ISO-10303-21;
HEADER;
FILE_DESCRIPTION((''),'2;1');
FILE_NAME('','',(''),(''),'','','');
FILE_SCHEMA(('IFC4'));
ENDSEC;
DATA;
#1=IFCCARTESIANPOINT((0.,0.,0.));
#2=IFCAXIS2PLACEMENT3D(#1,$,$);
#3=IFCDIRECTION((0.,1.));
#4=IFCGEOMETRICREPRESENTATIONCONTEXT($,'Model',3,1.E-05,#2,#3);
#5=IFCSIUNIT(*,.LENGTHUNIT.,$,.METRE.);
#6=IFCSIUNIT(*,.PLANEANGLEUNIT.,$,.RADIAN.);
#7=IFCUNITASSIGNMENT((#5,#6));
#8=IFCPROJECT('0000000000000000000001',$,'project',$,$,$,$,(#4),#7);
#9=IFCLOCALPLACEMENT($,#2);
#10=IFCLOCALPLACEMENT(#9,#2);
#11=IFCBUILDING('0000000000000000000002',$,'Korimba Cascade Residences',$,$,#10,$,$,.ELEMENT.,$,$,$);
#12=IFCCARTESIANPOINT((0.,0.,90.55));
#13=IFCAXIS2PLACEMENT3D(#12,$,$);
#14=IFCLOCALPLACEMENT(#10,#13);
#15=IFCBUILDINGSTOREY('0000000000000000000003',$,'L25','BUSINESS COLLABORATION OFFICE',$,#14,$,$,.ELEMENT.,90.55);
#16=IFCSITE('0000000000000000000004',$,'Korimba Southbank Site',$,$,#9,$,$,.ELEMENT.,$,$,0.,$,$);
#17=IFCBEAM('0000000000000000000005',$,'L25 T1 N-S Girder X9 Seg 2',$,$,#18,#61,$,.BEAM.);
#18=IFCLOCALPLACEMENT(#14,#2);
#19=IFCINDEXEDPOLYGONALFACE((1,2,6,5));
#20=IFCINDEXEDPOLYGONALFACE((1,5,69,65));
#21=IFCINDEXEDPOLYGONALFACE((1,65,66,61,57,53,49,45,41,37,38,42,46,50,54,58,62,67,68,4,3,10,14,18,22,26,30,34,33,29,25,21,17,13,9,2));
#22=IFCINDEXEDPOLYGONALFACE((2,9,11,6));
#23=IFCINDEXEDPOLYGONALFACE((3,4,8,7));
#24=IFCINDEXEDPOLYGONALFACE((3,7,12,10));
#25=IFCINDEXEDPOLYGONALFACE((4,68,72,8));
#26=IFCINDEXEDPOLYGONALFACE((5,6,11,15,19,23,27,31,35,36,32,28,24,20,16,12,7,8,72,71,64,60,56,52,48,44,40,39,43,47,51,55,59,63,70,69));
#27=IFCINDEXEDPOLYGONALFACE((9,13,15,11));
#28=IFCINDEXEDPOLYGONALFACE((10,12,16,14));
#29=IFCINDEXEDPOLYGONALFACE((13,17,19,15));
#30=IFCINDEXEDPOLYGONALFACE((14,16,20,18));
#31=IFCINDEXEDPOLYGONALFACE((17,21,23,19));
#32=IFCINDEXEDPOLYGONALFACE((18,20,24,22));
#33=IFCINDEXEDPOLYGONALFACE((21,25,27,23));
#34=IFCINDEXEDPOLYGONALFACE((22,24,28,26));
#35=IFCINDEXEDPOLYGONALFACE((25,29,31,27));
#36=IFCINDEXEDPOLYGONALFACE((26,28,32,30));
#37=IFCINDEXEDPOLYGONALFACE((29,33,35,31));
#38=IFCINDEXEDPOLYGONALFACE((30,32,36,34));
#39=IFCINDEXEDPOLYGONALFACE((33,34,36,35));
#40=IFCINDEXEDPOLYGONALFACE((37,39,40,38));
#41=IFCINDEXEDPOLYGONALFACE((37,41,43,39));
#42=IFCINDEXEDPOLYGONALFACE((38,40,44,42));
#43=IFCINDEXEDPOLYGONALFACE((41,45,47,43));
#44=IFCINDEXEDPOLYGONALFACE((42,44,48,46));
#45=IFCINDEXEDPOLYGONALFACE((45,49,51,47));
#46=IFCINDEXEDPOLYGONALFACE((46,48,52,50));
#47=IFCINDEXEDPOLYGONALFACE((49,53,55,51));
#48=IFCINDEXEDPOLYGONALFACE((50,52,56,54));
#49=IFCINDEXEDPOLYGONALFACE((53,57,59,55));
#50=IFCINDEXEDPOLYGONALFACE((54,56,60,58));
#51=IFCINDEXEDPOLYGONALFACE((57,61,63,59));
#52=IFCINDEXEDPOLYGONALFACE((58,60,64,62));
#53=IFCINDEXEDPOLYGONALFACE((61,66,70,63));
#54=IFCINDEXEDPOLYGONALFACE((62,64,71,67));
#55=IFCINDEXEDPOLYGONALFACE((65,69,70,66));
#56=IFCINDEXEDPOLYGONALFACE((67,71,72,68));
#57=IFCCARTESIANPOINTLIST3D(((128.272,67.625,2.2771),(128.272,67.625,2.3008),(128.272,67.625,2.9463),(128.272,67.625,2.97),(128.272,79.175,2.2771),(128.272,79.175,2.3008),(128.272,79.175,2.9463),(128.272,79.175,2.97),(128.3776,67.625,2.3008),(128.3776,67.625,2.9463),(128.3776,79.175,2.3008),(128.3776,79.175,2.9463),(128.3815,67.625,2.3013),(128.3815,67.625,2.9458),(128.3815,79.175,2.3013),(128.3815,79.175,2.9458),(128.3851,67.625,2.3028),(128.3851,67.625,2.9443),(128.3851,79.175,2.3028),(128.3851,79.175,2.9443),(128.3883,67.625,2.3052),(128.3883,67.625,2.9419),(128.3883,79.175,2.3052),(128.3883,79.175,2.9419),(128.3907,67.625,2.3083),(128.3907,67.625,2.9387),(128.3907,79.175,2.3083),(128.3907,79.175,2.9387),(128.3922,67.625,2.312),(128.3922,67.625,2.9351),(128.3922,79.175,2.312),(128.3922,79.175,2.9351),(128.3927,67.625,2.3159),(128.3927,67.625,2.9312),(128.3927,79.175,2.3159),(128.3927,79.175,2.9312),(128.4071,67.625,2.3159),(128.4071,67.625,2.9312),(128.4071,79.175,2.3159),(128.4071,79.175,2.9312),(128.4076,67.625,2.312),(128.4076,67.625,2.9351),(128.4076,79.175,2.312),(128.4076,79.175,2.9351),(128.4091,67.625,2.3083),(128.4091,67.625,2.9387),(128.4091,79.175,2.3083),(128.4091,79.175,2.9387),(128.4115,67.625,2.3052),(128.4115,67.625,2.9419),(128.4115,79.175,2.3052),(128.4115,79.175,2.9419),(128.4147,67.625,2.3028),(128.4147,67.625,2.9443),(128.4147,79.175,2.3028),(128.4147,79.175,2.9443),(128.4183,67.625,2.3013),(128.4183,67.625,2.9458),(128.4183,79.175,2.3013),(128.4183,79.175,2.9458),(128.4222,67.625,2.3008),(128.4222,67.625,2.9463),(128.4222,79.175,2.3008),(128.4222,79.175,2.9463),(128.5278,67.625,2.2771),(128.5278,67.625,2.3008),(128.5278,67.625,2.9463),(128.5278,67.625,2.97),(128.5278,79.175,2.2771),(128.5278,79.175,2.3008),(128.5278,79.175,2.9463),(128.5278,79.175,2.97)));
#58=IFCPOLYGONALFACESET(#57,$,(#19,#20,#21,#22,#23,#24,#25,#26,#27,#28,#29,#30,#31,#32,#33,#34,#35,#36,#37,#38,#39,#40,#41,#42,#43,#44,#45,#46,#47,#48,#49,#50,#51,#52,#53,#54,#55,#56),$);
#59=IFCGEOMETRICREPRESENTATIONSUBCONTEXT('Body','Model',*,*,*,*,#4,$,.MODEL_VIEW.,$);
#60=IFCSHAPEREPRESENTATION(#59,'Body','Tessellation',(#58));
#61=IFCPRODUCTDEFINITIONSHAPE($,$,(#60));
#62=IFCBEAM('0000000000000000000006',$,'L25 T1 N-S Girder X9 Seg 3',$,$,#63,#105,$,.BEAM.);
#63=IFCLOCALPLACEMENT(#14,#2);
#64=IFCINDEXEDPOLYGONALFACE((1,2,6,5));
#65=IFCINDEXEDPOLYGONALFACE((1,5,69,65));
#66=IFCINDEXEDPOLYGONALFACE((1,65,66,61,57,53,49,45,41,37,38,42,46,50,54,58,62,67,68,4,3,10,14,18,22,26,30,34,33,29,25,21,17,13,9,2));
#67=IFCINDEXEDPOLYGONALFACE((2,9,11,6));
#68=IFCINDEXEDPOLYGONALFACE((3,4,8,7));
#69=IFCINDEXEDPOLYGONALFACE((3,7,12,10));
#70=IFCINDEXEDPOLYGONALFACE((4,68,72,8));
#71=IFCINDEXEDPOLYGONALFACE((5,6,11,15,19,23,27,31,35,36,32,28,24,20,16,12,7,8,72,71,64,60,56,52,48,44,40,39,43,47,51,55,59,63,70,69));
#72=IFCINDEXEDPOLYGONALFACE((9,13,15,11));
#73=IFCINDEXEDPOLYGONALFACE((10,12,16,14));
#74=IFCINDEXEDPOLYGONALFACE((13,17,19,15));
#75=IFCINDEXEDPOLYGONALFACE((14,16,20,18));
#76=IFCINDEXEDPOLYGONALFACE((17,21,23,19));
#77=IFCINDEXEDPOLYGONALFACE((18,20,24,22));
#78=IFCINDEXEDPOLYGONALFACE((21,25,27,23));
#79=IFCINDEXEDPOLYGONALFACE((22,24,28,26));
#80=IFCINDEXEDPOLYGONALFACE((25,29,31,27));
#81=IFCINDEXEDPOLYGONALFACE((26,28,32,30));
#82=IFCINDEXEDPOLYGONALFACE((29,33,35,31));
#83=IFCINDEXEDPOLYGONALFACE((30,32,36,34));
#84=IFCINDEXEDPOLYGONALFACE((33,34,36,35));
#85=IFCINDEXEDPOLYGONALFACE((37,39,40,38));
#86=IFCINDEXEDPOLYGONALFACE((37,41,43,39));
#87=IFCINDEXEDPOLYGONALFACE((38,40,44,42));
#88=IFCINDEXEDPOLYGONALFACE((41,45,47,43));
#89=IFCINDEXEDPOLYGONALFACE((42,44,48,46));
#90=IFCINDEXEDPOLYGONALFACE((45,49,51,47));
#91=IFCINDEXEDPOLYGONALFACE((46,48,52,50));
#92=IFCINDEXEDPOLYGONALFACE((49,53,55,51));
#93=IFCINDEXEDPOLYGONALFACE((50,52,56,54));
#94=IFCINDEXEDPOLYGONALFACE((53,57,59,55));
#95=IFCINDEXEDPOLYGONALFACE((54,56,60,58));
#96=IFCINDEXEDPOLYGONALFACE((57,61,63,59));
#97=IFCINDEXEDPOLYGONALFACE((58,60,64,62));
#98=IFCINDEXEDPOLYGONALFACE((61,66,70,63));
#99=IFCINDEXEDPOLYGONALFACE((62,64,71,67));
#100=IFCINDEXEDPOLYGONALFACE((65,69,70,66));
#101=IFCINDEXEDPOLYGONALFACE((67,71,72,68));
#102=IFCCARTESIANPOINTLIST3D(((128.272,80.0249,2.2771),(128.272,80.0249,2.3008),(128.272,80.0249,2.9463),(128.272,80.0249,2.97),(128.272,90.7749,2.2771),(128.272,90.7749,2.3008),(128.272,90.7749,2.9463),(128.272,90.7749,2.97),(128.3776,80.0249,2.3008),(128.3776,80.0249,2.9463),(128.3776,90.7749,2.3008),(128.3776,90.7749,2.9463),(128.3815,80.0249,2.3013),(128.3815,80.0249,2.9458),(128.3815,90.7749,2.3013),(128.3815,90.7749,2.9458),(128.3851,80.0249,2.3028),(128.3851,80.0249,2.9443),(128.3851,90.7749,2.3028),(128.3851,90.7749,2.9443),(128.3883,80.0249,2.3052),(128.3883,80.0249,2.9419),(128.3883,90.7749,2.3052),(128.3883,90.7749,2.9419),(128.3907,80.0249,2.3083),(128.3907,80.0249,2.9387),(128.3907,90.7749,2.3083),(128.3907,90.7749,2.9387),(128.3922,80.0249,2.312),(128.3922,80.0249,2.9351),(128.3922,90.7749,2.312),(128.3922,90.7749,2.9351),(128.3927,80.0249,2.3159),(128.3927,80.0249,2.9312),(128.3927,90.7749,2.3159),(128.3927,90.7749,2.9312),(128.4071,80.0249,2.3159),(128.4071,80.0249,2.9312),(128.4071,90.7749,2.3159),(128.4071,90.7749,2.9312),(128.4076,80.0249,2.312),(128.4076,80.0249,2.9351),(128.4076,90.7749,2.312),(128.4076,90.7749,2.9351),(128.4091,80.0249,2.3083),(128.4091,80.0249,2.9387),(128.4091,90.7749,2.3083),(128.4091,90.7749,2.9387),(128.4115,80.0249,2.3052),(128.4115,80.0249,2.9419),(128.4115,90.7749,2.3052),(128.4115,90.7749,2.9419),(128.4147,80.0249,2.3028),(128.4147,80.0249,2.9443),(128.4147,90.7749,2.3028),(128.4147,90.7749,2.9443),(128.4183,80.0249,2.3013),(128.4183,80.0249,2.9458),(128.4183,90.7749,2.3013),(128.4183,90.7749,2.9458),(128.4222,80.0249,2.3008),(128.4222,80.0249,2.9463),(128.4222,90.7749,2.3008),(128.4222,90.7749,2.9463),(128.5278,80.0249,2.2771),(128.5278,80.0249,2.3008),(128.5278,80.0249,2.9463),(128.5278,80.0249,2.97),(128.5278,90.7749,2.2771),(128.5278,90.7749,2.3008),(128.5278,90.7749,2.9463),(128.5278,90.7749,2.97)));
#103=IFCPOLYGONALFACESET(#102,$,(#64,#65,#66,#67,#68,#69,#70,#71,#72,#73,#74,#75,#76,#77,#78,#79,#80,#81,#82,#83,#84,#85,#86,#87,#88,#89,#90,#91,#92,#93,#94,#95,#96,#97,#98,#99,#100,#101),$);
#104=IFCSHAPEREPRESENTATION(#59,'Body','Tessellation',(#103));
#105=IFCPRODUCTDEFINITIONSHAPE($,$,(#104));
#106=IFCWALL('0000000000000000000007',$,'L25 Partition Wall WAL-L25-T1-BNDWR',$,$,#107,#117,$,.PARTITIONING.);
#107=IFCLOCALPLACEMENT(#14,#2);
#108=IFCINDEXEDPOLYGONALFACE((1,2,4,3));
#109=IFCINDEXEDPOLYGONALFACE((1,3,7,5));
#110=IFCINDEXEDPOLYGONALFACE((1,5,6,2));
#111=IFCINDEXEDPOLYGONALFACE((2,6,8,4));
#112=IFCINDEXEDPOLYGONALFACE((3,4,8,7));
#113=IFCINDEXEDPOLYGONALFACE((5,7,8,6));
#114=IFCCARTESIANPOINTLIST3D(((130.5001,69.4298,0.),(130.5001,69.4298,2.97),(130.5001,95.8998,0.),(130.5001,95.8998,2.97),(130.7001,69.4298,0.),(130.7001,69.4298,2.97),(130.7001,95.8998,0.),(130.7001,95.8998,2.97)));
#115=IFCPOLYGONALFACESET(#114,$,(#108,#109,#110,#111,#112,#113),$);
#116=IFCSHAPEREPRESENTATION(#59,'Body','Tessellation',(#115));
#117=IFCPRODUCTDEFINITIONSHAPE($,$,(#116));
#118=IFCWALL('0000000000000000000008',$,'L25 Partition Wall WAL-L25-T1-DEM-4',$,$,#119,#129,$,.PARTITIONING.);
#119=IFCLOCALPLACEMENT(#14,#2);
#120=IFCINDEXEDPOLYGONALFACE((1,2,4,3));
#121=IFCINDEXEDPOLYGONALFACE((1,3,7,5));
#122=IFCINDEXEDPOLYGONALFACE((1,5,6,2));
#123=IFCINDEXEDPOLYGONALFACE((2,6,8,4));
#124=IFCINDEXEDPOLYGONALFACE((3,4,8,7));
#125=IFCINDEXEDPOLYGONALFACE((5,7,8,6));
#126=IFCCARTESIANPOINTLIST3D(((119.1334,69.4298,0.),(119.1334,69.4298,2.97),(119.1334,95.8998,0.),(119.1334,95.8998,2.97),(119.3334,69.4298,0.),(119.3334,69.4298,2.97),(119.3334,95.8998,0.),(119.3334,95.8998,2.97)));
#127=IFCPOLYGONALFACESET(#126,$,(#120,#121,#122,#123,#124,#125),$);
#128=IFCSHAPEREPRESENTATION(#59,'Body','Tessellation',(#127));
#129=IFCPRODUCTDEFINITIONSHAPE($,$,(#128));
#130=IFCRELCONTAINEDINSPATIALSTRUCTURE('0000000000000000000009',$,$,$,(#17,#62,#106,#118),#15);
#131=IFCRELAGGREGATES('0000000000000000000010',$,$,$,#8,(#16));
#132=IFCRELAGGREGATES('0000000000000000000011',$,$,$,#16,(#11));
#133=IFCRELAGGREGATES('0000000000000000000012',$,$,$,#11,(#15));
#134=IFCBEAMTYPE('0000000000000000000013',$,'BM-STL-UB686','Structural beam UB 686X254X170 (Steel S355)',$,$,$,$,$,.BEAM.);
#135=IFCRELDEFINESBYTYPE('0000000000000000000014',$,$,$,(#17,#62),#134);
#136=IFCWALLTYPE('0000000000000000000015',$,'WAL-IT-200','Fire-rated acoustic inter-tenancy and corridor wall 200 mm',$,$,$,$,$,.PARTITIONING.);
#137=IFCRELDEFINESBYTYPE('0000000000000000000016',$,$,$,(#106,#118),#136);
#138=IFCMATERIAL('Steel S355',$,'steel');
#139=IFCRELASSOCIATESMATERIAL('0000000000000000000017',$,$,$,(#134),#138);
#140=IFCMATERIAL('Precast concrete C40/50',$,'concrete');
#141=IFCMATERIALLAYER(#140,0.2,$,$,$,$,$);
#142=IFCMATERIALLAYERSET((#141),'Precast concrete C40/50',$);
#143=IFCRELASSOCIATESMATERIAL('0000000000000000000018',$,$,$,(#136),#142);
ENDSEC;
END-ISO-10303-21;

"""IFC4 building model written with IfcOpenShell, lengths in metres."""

from ifc_helpers import new_model, si_unit, direction, frame, frame_2d, origin, origin_2d, place, context, subcontext, project, spatial, rectangle, i_section, extrude, material, layer, layer_set, material_profile, profile_set, type_object, element, save


model = new_model("IFC4")

# Units and contexts
model_context = context("Model", 3, precision=1e-05, world=origin(), true_north=direction((0.0, 1.0)))
body_context = subcontext(model_context, "Body", "Model", "MODEL_VIEW")
ifc_project = project(units=[si_unit("LENGTHUNIT", "METRE"), si_unit("PLANEANGLEUNIT", "RADIAN")], contexts=[model_context])

# Site, building, storey
site_placement = place(None, origin())
site = spatial("IfcSite", under=ifc_project, at=site_placement, Name="Korimba Southbank Site", CompositionType="ELEMENT", RefElevation=0.0)
building_placement = place(site_placement, origin())
building = spatial("IfcBuilding", under=site, at=building_placement, Name="Korimba Cascade Residences", CompositionType="ELEMENT")
storey_placement = place(building_placement, frame((0.0, 0.0, 90.55)))
storey = spatial("IfcBuildingStorey", under=building, at=storey_placement, Name="L25", Description="BUSINESS COLLABORATION OFFICE", CompositionType="ELEMENT", Elevation=90.55)

# Beams
ifc_material_1 = material(Name="Steel S355", Category="steel")
ifc_material_profile_1 = material_profile(ifc_material_1, i_section(OverallWidth=0.2559, OverallDepth=0.6929, WebThickness=0.0144, FlangeThickness=0.0237, FilletRadius=0.0151, at=origin_2d()), Name="Steel S355")
ifc_profile_set_1 = profile_set([ifc_material_profile_1], Name="Steel S355")
beam_type_1 = type_object("IfcBeamType", Name="BM-STL-UB686", Description="Structural beam UB 686X254X170 (Steel S355)", PredefinedType="BEAM", material=ifc_profile_set_1)
beam_1_placement = place(storey_placement, frame((128.3999, 67.625, 2.6235), z_axis=(0.0, 1.0, 0.0), x_axis=(-1.0, 0.0, 0.0)))
element("IfcBeam", 1, at=beam_1_placement, inside=storey, type_object=beam_type_1, Name="L25 T1 N-S Girder X9 Seg 2", PredefinedType="BEAM", context=body_context, shape_type="SweptSolid", body=[
    extrude(i_section(OverallWidth=0.2559, OverallDepth=0.6929, WebThickness=0.0144, FlangeThickness=0.0237, FilletRadius=0.0151, at=origin_2d()), origin(), (0.0, 0.0, 1.0), 11.55),
])
beam_2_placement = place(storey_placement, frame((128.3999, 80.0249, 2.6235), z_axis=(0.0, 1.0, 0.0), x_axis=(-1.0, 0.0, 0.0)))
element("IfcBeam", 2, at=beam_2_placement, inside=storey, type_object=beam_type_1, Name="L25 T1 N-S Girder X9 Seg 3", PredefinedType="BEAM", context=body_context, shape_type="SweptSolid", body=[
    extrude(i_section(OverallWidth=0.2559, OverallDepth=0.6929, WebThickness=0.0144, FlangeThickness=0.0237, FilletRadius=0.0151, at=origin_2d()), origin(), (0.0, 0.0, 1.0), 10.75),
])

# Walls
ifc_material_2 = material(Name="Precast concrete C40/50", Category="concrete")
ifc_layer_1 = layer(ifc_material_2, 0.2)
ifc_layer_set_1 = layer_set([ifc_layer_1], Name="Precast concrete C40/50")
wall_type_1 = type_object("IfcWallType", Name="WAL-IT-200", Description="Fire-rated acoustic inter-tenancy and corridor wall 200 mm", PredefinedType="PARTITIONING", material=ifc_layer_set_1)
for number, where, z_axis, x_axis, name in (
    (3, (130.6001, 69.4299, 0.0), (0.0, 0.0, 1.0), (0.0, 1.0, 0.0), "L25 Partition Wall WAL-L25-T1-BNDWR"),
    (4, (119.2334, 69.4299, 0.0), (0.0, 0.0, 1.0), (0.0, 1.0, 0.0), "L25 Partition Wall WAL-L25-T1-DEM-4"),
):
    element("IfcWall", number, at=place(storey_placement, frame(where, z_axis=z_axis, x_axis=x_axis)), inside=storey, type_object=wall_type_1, Name=name, PredefinedType="PARTITIONING", context=body_context, shape_type="SweptSolid", body=[
        extrude(rectangle(XDim=26.47, YDim=0.2, at=frame_2d((13.2349, 0.0))), origin(), (0.0, 0.0, 1.0), 2.97),
    ])

save(model, "model.ifc")
